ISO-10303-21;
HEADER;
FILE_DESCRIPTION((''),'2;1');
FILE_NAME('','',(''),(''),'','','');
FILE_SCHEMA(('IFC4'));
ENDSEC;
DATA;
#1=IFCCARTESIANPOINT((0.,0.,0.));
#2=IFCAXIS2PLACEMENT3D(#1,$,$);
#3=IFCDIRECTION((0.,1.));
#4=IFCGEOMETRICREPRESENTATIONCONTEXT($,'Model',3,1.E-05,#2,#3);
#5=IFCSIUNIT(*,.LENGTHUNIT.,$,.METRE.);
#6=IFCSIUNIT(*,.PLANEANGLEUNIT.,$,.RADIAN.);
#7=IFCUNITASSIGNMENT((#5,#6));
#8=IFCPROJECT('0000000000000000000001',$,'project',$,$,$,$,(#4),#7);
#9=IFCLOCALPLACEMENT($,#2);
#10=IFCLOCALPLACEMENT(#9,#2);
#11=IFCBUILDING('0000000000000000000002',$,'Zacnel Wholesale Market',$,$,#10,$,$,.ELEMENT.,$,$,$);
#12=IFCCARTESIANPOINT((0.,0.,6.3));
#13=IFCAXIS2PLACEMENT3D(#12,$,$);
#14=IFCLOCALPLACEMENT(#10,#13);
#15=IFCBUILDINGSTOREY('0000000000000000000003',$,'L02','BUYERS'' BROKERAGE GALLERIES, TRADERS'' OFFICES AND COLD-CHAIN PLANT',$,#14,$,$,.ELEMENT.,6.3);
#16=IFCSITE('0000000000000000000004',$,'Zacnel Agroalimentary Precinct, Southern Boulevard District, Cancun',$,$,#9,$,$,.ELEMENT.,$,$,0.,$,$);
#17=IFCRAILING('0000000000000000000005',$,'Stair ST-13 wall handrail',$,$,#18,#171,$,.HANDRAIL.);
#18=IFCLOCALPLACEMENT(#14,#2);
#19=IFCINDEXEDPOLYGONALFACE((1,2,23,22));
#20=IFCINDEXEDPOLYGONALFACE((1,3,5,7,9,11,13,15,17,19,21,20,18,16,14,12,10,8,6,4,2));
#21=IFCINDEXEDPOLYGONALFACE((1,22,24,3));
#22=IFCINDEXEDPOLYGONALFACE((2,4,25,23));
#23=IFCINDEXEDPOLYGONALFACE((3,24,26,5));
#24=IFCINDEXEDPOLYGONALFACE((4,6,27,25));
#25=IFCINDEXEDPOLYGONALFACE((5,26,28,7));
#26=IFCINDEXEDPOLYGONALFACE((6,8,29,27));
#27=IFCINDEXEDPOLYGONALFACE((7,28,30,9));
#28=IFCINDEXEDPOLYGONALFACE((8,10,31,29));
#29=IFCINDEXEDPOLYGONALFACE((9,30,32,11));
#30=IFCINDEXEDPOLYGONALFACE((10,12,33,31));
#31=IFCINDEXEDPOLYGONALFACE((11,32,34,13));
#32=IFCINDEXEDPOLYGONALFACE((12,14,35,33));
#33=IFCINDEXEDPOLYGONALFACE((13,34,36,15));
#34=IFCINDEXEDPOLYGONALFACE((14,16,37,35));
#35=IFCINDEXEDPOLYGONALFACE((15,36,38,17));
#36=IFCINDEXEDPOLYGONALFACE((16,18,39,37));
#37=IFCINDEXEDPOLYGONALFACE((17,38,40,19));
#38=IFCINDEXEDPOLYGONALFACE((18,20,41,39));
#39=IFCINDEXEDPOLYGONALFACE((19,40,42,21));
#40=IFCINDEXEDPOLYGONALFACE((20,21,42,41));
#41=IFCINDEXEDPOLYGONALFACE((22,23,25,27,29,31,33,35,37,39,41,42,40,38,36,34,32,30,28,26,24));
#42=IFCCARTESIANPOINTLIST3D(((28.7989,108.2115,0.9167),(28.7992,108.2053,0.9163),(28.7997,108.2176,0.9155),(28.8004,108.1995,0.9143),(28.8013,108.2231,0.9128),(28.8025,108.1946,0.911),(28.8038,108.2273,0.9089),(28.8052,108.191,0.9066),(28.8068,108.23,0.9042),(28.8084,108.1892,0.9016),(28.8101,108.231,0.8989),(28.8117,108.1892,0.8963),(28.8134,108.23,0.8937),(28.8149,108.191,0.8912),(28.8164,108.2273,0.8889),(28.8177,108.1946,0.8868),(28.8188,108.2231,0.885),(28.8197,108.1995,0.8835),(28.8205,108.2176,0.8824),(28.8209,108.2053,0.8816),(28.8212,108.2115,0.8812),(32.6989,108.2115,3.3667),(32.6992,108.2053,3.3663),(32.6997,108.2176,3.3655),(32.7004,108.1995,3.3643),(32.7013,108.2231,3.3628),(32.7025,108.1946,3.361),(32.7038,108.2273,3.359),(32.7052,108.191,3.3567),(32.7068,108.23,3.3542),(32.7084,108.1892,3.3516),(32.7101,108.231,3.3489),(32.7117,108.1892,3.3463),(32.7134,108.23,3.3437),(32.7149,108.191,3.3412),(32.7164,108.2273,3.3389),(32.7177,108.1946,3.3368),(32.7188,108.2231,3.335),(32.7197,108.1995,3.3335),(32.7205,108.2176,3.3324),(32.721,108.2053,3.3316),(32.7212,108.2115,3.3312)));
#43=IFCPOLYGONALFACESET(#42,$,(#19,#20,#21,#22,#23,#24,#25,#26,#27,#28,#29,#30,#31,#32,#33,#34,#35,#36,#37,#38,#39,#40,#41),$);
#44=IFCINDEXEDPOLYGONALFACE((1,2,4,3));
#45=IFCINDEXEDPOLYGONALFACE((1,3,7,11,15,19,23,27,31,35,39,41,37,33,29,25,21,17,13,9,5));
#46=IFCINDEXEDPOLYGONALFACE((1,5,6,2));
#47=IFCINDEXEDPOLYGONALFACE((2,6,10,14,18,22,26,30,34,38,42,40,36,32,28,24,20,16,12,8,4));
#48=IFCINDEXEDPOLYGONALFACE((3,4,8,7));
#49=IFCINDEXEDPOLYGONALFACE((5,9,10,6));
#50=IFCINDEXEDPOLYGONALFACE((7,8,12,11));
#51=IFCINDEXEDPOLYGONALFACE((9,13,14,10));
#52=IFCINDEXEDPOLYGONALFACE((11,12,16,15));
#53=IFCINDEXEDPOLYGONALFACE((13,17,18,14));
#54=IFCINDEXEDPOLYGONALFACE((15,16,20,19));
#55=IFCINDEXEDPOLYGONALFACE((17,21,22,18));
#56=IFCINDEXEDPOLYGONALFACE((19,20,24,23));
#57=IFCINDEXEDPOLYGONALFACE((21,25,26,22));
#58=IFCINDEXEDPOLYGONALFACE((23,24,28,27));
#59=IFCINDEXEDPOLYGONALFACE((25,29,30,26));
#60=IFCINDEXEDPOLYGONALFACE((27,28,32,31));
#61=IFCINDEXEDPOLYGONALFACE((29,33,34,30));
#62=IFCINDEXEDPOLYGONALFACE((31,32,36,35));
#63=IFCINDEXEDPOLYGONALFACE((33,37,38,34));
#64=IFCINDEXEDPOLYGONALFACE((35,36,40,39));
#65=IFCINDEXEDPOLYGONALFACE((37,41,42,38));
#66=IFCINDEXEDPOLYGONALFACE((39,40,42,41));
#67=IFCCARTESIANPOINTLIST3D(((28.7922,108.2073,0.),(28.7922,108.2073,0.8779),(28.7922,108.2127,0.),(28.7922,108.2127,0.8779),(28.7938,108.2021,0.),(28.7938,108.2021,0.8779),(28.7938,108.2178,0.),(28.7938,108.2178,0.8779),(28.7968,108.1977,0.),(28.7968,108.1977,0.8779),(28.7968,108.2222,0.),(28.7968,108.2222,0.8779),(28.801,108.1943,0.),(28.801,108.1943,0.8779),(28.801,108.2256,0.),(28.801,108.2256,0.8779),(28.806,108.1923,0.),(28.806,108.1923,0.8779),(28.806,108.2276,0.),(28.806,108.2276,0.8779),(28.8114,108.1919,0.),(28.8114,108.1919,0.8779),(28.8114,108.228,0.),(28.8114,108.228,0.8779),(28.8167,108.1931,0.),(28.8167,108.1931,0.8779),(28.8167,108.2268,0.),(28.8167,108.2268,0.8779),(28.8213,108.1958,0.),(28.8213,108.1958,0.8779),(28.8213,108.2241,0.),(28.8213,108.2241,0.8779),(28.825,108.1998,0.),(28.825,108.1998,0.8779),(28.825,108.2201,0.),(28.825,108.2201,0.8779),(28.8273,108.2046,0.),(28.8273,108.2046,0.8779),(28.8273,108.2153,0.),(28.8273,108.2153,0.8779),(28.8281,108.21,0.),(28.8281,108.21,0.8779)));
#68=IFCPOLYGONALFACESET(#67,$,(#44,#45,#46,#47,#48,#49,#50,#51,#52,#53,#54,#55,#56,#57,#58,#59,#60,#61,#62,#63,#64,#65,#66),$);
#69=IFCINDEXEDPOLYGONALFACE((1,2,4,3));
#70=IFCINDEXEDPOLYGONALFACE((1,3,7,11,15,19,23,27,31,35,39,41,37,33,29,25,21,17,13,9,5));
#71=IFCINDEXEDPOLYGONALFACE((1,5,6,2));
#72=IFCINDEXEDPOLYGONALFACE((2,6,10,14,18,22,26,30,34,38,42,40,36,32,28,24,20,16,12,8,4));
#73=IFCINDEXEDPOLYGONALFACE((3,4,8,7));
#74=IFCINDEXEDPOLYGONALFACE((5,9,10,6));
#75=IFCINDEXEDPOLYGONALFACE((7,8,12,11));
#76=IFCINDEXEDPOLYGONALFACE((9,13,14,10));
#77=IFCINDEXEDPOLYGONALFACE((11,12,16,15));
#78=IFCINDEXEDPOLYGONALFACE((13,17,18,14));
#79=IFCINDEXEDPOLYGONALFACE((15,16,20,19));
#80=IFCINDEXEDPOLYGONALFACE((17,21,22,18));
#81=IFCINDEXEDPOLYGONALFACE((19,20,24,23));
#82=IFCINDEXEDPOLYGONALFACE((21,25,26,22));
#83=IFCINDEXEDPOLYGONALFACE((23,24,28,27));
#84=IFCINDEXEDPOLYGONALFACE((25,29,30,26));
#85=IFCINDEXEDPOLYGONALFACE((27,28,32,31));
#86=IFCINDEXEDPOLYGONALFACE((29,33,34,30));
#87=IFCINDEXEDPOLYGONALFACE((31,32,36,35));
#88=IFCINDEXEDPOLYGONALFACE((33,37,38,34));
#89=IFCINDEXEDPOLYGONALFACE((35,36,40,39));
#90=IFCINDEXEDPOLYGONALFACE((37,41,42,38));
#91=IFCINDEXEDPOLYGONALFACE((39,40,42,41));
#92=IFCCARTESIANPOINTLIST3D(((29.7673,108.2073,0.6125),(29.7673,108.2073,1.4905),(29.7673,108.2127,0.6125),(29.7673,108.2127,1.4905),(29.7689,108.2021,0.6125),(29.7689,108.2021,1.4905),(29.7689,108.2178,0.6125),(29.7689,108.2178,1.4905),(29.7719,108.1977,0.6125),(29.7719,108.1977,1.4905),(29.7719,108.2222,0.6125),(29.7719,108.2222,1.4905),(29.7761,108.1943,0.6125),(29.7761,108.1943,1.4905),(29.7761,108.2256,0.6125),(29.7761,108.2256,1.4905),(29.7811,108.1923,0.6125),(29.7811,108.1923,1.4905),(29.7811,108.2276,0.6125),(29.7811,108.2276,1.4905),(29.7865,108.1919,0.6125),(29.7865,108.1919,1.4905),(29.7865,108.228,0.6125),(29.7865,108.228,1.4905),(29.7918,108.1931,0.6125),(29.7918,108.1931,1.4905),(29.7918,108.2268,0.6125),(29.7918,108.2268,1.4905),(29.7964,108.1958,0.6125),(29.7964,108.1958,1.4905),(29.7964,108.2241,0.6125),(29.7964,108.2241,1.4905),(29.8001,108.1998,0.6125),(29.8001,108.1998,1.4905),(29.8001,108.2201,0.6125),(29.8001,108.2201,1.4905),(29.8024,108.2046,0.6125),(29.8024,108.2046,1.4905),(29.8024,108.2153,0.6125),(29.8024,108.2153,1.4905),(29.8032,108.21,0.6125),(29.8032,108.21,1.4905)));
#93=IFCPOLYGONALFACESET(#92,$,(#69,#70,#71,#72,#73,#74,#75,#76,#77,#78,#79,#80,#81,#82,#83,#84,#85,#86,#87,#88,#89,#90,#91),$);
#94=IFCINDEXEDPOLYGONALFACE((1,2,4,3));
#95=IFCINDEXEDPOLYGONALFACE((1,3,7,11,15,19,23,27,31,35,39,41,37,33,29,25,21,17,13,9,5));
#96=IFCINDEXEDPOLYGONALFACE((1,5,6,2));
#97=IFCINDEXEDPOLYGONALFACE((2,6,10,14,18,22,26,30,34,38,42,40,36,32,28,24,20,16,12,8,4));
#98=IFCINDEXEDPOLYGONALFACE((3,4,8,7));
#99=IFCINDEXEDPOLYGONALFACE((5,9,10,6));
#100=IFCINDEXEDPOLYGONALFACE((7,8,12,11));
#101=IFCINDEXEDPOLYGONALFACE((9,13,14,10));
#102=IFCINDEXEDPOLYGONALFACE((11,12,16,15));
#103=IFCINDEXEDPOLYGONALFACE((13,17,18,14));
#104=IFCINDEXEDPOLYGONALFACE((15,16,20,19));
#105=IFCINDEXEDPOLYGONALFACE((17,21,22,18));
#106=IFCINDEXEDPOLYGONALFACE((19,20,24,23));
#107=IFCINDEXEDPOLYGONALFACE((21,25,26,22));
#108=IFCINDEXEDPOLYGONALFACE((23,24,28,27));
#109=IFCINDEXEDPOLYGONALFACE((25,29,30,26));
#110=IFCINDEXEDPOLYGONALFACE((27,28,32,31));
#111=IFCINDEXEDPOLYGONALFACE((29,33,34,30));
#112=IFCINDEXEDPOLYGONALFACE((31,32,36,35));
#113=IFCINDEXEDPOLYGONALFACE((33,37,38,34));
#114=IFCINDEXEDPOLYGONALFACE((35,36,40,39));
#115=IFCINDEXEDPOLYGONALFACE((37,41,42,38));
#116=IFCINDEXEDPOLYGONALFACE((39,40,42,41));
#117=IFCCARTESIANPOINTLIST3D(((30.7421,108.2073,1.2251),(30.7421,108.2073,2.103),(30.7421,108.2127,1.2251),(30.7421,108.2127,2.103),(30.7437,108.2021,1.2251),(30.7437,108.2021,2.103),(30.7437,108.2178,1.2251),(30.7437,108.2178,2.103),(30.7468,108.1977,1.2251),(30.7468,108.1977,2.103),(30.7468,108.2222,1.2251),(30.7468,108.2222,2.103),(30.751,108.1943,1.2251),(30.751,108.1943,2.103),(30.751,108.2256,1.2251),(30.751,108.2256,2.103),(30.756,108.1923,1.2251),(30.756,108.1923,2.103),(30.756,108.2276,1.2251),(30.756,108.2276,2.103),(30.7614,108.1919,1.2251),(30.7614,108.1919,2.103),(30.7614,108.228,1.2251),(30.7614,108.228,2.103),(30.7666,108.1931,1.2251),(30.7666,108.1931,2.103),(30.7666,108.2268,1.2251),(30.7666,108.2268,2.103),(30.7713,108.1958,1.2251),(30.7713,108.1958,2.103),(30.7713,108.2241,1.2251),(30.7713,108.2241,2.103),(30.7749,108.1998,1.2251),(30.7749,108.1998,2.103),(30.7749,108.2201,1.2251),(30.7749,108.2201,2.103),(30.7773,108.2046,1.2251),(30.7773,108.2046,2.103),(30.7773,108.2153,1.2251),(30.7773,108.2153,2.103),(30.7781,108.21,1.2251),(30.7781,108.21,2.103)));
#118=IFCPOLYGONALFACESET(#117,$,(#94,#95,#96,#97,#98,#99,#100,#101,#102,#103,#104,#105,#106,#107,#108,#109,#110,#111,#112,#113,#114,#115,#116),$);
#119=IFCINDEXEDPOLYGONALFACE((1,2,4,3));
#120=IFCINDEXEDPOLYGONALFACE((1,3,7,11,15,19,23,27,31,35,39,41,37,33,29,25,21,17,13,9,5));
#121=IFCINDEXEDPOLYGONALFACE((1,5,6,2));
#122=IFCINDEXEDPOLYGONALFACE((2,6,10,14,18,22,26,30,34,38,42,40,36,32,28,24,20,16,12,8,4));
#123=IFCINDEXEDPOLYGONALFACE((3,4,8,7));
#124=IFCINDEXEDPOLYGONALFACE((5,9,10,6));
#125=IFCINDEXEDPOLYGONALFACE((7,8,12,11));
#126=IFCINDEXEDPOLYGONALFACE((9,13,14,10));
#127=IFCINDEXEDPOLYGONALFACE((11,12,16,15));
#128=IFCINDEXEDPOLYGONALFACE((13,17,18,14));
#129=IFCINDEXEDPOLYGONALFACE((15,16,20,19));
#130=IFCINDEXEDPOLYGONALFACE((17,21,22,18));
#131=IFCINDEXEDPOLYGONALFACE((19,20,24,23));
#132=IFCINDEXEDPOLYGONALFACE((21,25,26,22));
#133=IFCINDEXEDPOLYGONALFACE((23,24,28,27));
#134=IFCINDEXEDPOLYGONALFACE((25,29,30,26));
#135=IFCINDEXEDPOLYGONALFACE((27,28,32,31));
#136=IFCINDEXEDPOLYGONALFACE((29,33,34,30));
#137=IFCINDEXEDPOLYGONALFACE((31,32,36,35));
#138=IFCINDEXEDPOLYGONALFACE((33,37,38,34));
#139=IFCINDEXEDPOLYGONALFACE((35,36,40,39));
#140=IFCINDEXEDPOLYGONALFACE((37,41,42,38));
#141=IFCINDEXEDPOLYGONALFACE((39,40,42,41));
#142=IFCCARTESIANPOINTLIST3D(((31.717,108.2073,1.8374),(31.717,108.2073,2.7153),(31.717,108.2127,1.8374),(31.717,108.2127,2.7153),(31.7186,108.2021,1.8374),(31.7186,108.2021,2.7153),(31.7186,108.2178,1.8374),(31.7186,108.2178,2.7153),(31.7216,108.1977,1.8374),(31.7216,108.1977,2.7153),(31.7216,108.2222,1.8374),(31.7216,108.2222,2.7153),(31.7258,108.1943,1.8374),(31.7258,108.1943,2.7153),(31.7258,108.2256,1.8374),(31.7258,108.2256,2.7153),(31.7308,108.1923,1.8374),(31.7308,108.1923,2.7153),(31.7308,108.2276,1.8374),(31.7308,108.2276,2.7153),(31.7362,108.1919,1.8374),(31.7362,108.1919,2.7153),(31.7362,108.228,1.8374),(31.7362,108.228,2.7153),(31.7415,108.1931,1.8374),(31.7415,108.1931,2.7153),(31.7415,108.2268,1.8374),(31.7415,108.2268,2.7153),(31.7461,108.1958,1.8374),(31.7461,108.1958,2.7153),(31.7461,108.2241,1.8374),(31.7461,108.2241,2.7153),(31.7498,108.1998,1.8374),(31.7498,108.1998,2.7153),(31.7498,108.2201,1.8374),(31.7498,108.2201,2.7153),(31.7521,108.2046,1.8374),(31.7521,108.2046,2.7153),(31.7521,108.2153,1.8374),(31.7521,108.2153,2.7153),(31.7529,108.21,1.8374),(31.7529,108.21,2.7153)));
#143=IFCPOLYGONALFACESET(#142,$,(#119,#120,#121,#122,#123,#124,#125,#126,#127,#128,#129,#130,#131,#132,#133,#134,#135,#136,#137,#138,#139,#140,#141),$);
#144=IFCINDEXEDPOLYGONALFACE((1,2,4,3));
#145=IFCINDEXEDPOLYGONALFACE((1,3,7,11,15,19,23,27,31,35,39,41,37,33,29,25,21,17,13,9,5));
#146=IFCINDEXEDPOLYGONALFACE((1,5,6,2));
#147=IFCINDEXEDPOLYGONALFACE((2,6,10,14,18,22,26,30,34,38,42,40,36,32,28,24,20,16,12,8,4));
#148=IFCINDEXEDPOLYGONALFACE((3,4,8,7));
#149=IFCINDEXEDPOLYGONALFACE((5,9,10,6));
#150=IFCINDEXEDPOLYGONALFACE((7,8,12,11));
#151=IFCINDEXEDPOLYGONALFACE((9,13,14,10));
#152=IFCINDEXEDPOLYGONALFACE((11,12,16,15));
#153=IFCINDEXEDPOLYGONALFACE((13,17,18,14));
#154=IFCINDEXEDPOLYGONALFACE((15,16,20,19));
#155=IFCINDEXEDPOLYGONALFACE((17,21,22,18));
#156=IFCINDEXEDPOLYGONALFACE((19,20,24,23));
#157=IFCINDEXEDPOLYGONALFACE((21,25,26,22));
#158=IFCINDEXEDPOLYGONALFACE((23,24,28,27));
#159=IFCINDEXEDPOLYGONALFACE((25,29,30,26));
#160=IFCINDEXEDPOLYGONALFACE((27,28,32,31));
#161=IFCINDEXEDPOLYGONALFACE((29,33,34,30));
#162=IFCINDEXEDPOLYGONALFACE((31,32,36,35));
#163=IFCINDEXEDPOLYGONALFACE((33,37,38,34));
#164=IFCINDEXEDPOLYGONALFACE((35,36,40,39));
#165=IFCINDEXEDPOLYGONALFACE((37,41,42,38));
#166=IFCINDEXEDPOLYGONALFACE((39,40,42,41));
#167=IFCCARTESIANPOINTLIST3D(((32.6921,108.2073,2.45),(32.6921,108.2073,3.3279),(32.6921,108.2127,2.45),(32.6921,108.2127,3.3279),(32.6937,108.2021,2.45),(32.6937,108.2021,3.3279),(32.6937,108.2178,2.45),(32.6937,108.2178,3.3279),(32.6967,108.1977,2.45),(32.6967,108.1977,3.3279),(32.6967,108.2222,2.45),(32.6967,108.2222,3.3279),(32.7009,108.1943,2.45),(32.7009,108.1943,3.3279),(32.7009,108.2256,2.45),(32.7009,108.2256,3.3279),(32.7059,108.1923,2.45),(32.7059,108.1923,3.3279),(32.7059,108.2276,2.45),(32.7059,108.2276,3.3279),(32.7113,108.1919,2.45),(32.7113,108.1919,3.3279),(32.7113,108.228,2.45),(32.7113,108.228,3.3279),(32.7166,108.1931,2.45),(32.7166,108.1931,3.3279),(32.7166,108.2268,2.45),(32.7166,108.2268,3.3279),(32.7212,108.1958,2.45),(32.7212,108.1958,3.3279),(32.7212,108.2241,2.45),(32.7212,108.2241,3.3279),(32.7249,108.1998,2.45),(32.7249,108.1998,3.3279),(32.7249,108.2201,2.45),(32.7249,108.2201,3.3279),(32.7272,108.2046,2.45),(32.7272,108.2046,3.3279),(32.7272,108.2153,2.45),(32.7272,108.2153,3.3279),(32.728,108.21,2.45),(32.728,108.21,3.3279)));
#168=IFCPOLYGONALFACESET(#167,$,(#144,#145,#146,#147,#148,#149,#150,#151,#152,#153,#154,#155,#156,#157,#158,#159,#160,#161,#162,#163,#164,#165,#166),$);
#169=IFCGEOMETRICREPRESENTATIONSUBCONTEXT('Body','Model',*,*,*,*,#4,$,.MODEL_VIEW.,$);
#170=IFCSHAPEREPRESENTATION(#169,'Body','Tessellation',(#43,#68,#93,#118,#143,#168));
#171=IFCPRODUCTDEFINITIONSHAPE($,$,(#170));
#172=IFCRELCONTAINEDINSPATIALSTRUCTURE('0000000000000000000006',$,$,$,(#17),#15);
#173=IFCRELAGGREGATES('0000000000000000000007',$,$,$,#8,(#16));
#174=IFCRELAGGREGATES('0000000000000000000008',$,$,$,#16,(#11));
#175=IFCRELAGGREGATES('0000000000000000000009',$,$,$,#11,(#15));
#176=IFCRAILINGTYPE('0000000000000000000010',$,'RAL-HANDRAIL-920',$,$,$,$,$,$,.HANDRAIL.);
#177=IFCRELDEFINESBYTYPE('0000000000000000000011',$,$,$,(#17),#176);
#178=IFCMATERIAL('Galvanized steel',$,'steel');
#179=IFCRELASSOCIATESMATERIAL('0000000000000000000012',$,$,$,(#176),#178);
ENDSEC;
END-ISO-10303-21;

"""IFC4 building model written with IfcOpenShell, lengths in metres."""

from ifc_helpers import new_model, si_unit, direction, frame, origin, origin_2d, place, context, subcontext, project, spatial, circle, extrude, material, type_object, element, save


model = new_model("IFC4")

# Units and contexts
model_context = context("Model", 3, precision=1e-05, world=origin(), true_north=direction((0.0, 1.0)))
body_context = subcontext(model_context, "Body", "Model", "MODEL_VIEW")
ifc_project = project(units=[si_unit("LENGTHUNIT", "METRE"), si_unit("PLANEANGLEUNIT", "RADIAN")], contexts=[model_context])

# Site, building, storey
site_placement = place(None, origin())
site = spatial("IfcSite", under=ifc_project, at=site_placement, Name="Zacnel Agroalimentary Precinct, Southern Boulevard District, Cancun", CompositionType="ELEMENT", RefElevation=0.0)
building_placement = place(site_placement, origin())
building = spatial("IfcBuilding", under=site, at=building_placement, Name="Zacnel Wholesale Market", CompositionType="ELEMENT")
storey_placement = place(building_placement, frame((0.0, 0.0, 6.3)))
storey = spatial("IfcBuildingStorey", under=building, at=storey_placement, Name="L02", Description="BUYERS' BROKERAGE GALLERIES, TRADERS' OFFICES AND COLD-CHAIN PLANT", CompositionType="ELEMENT", Elevation=6.3)

# Railing
ifc_material_1 = material(Name="Galvanized steel", Category="steel")
railing_type_1 = type_object("IfcRailingType", Name="RAL-HANDRAIL-920", PredefinedType="HANDRAIL", material=ifc_material_1)
railing_1_placement = place(storey_placement, frame((28.8101, 108.21, 0.0)))
element("IfcRailing", 1, at=railing_1_placement, inside=storey, type_object=railing_type_1, Name="Stair ST-13 wall handrail", PredefinedType="HANDRAIL", context=body_context, shape_type="SweptSolid", body=[
    extrude(circle(Radius=0.021, at=origin_2d()), frame((0.0, 0.0, 0.8989), z_axis=(0.846775, 0.0, 0.531951), x_axis=(0.0, 1.0, 0.0)), (0.0, 0.0, 1.0), 4.6057),
    extrude(circle(Radius=0.0181, at=origin_2d()), origin(), (0.0, 0.0, 1.0), 0.8779),
    extrude(circle(Radius=0.0181, at=origin_2d()), frame((0.9751, 0.0, 0.6125)), (0.0, 0.0, 1.0), 0.8779),
    extrude(circle(Radius=0.0181, at=origin_2d()), frame((1.95, 0.0, 1.2251)), (0.0, 0.0, 1.0), 0.8779),
    extrude(circle(Radius=0.0181, at=origin_2d()), frame((2.9248, 0.0, 1.8374)), (0.0, 0.0, 1.0), 0.8779),
    extrude(circle(Radius=0.0181, at=origin_2d()), frame((3.8999, 0.0, 2.45)), (0.0, 0.0, 1.0), 0.8779),
])

save(model, "model.ifc")
